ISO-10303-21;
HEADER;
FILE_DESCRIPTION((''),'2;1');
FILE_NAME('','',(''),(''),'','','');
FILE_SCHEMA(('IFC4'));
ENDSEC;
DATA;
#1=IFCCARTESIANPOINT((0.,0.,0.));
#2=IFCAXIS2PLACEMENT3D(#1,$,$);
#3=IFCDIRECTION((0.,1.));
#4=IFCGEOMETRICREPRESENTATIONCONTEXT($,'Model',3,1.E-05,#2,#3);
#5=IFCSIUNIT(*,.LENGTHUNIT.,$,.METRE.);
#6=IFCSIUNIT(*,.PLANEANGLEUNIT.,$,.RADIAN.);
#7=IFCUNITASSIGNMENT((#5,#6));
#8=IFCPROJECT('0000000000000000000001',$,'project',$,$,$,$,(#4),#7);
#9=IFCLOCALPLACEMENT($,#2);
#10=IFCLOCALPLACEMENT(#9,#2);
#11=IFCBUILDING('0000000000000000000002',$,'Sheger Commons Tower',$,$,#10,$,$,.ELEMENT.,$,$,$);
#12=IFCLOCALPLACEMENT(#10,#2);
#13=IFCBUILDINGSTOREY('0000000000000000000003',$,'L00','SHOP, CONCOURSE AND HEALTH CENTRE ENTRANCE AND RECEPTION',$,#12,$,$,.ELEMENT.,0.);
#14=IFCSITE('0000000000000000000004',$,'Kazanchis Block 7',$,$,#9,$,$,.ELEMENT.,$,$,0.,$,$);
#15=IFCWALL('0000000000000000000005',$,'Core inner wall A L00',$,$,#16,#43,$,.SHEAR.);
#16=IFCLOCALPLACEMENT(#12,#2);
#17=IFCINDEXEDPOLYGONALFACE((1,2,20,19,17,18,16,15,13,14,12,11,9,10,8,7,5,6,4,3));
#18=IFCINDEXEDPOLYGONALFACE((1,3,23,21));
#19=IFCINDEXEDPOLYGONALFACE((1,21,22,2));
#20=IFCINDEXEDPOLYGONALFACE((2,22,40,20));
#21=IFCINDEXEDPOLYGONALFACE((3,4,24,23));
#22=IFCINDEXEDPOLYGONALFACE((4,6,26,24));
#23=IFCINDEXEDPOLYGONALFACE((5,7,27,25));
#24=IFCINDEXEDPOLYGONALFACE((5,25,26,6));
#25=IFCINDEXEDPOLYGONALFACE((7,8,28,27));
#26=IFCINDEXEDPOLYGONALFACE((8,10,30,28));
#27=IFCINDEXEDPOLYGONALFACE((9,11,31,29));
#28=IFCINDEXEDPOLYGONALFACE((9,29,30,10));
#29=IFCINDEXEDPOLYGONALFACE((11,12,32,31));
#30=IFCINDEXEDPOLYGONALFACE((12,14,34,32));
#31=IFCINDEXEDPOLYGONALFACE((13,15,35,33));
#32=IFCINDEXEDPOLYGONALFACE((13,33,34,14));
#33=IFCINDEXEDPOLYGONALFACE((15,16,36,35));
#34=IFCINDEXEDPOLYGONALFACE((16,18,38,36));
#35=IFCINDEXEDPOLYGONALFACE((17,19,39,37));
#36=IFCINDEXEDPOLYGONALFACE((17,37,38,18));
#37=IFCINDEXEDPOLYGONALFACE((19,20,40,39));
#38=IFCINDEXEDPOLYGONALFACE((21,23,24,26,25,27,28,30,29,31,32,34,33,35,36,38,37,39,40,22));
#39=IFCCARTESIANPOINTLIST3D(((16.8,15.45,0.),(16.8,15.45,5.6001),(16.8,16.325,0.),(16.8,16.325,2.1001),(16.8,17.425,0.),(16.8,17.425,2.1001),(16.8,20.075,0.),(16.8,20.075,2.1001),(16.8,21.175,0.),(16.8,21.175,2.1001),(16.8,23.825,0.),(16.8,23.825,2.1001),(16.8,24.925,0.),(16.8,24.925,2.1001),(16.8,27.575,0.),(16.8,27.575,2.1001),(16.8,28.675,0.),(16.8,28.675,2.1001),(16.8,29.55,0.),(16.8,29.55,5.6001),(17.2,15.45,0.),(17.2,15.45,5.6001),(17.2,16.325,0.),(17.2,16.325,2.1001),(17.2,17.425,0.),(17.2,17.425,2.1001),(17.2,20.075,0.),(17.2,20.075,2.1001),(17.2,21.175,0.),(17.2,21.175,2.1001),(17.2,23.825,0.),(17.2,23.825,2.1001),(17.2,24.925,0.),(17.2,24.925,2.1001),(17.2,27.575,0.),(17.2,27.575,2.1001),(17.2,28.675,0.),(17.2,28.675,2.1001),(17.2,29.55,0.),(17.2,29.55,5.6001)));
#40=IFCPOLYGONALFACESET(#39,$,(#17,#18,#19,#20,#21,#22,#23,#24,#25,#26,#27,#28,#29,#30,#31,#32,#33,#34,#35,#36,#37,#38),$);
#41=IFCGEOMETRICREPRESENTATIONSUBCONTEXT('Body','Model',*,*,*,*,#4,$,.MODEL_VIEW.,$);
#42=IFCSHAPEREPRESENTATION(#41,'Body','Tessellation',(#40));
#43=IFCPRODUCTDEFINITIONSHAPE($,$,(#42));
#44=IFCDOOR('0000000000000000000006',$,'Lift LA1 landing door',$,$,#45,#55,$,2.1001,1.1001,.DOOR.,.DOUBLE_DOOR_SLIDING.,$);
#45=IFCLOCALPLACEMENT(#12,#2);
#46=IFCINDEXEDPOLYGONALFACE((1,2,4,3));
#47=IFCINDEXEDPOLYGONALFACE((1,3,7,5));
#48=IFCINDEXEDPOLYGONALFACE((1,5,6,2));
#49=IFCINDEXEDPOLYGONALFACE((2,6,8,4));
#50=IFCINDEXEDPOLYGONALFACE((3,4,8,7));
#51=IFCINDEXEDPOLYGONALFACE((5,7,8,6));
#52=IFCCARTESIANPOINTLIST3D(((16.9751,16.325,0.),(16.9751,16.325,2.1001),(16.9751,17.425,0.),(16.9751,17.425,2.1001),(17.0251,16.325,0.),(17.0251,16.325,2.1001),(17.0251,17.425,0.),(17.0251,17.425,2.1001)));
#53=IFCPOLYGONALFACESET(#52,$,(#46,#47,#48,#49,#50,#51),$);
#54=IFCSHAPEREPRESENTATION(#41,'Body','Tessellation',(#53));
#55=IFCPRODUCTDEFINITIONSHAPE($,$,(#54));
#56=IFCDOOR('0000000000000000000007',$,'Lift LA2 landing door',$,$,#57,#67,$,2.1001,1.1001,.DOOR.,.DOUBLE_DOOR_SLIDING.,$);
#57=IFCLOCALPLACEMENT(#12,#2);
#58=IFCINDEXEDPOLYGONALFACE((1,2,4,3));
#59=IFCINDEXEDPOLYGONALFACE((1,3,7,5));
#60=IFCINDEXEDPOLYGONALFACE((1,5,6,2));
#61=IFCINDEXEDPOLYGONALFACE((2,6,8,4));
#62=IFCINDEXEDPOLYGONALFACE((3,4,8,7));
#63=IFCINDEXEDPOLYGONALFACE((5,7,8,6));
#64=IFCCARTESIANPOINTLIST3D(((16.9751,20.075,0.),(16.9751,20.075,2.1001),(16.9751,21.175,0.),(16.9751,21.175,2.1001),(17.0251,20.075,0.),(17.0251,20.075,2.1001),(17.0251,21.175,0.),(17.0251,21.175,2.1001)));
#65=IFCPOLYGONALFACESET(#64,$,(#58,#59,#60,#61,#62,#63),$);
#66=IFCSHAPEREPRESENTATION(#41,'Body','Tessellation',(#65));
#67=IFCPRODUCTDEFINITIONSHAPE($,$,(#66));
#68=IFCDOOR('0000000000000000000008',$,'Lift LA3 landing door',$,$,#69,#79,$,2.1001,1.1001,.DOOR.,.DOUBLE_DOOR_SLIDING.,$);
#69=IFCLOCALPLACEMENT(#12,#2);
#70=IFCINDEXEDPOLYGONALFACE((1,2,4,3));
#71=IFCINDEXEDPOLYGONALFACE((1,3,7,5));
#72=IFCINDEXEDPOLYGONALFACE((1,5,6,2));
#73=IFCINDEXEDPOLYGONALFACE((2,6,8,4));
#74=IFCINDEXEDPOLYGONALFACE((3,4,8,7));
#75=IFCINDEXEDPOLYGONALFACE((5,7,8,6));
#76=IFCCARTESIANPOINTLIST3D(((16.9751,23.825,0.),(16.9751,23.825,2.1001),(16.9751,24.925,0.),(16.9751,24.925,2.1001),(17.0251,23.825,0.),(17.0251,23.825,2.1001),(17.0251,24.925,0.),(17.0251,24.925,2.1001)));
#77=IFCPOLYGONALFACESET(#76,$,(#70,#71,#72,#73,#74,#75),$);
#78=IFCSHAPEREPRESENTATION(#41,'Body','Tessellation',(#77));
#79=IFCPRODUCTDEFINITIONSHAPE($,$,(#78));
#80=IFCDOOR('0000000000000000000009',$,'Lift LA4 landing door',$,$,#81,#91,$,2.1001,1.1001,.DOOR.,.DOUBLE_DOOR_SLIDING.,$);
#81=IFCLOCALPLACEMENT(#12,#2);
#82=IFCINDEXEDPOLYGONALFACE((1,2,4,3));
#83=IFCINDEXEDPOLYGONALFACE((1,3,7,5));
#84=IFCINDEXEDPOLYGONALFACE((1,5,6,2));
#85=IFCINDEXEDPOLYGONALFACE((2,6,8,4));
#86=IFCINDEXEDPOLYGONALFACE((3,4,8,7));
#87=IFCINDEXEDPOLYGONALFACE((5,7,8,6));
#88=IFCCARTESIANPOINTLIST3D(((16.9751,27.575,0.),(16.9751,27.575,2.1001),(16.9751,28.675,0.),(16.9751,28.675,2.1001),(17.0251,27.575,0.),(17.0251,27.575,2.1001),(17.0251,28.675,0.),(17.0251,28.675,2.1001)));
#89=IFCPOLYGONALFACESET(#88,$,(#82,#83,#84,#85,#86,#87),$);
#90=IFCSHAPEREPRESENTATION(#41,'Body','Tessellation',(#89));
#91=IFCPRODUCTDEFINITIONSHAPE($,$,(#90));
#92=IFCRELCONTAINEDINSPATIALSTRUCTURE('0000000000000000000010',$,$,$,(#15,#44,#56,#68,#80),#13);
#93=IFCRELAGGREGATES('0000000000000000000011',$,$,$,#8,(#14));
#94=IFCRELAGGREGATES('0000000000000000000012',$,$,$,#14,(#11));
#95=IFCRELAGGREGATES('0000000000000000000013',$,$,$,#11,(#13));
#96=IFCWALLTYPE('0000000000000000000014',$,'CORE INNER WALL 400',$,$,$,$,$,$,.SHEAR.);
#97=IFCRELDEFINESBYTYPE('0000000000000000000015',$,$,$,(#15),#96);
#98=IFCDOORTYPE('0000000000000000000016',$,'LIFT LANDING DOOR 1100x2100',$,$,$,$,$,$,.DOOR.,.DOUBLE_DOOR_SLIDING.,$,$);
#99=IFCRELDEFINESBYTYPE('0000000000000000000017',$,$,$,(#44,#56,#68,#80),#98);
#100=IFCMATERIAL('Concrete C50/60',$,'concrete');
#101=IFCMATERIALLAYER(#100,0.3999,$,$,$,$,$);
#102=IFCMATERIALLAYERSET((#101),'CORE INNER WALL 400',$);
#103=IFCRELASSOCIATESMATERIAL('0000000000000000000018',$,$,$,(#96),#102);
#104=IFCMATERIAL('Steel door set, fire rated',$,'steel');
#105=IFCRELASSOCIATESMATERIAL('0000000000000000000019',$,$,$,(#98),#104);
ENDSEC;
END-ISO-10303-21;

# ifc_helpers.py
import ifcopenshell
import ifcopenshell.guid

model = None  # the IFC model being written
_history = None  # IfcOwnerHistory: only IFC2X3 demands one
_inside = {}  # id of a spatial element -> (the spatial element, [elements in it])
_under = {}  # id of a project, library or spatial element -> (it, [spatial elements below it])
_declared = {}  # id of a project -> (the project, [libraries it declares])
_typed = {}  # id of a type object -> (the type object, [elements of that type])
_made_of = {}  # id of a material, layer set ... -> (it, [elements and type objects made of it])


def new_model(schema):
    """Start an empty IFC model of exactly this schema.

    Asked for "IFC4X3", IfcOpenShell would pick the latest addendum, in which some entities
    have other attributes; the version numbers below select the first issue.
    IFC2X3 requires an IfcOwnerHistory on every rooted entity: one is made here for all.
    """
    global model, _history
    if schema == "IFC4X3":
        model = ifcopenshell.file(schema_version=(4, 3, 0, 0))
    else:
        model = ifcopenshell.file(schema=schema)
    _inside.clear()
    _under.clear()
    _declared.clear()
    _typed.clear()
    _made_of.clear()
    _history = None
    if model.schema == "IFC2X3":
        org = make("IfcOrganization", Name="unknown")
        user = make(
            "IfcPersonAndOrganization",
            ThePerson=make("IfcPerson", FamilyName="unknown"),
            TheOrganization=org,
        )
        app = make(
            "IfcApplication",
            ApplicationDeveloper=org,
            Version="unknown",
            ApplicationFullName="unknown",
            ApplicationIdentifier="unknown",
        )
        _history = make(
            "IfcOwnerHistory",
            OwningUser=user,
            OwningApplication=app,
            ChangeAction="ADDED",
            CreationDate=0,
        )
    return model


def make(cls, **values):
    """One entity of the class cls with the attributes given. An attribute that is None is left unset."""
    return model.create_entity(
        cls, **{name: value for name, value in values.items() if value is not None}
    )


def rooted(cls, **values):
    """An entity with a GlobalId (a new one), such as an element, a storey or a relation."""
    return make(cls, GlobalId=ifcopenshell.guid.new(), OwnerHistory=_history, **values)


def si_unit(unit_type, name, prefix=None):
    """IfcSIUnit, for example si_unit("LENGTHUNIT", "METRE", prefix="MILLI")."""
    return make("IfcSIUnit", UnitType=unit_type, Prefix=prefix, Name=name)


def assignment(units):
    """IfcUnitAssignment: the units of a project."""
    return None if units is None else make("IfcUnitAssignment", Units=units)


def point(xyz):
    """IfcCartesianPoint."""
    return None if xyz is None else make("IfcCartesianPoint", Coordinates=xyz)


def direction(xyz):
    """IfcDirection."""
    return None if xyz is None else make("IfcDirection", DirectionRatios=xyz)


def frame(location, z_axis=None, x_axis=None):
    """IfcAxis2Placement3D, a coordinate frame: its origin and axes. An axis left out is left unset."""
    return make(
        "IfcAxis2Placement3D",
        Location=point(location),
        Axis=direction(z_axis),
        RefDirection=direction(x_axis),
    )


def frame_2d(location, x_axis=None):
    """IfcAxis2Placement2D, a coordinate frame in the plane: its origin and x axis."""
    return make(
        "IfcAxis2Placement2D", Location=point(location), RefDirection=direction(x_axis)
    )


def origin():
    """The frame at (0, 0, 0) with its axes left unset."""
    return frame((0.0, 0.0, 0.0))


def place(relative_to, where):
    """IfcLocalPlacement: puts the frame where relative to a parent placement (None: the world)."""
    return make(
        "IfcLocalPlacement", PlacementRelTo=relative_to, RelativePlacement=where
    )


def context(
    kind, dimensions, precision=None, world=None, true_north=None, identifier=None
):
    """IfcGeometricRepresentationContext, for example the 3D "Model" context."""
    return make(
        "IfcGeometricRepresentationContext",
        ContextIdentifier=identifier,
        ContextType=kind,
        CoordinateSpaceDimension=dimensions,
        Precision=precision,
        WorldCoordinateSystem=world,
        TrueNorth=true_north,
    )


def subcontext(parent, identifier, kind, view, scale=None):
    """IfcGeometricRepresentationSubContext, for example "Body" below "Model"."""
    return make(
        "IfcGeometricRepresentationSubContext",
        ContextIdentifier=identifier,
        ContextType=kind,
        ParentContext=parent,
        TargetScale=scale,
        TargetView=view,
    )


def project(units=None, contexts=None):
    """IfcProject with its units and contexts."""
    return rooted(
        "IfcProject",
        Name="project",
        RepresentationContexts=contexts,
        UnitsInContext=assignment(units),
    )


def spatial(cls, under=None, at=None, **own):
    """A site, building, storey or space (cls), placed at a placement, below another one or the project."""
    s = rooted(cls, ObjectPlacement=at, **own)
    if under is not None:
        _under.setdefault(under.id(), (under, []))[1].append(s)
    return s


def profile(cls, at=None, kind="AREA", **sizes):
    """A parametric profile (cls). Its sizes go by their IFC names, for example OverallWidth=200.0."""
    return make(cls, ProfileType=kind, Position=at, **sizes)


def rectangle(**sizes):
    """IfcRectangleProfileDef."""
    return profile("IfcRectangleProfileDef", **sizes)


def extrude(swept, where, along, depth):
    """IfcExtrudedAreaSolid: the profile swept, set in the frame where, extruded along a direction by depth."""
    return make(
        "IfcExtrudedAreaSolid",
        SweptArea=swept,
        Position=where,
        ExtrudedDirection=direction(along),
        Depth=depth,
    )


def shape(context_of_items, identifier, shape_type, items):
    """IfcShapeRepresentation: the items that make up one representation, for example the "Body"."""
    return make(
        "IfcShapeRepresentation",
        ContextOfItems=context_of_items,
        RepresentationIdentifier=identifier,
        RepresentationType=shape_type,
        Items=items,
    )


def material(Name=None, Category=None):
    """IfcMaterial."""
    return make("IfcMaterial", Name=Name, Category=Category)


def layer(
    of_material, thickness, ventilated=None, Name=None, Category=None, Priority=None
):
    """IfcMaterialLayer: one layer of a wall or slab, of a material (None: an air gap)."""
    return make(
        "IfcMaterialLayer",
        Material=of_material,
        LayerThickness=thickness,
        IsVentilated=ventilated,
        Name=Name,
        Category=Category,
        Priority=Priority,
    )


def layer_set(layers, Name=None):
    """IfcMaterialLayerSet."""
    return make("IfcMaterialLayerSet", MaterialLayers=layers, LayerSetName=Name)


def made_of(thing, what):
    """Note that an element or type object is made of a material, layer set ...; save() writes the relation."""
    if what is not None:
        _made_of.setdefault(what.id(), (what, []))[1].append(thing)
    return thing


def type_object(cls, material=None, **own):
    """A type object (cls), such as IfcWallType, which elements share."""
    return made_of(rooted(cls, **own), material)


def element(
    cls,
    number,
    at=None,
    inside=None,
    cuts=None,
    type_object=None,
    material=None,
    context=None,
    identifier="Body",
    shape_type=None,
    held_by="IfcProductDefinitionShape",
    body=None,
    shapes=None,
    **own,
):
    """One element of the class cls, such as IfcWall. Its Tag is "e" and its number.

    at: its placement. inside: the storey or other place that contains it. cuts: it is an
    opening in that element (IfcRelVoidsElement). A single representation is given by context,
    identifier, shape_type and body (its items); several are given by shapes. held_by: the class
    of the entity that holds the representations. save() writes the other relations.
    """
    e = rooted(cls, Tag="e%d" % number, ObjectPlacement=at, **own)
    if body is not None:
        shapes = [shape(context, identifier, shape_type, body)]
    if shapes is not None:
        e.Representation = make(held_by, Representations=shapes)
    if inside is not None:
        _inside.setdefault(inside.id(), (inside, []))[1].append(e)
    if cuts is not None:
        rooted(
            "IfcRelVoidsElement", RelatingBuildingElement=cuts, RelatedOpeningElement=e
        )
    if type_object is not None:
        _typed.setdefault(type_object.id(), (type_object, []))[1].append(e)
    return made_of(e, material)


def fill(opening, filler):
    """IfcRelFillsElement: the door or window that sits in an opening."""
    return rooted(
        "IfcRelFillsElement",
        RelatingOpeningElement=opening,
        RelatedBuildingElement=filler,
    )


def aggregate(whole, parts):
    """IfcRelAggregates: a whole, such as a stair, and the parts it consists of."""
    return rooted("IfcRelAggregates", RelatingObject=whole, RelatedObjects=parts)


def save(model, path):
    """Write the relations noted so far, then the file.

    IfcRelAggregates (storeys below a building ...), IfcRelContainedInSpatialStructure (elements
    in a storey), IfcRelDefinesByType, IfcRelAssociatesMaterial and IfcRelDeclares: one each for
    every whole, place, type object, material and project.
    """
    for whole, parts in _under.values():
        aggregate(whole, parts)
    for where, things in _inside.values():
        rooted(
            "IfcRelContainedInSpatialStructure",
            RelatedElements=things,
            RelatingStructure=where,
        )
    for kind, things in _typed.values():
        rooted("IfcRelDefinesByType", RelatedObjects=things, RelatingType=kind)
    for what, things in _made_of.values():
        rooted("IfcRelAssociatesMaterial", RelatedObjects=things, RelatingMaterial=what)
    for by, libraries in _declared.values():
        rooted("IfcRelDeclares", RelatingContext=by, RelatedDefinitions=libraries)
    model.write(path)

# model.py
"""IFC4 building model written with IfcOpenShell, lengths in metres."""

from ifc_helpers import new_model, si_unit, direction, frame, frame_2d, origin, place, context, subcontext, project, spatial, rectangle, extrude, material, layer, layer_set, type_object, element, fill, save


model = new_model("IFC4")

# Units and contexts
model_context = context("Model", 3, precision=1e-05, world=origin(), true_north=direction((0.0, 1.0)))
body_context = subcontext(model_context, "Body", "Model", "MODEL_VIEW")
ifc_project = project(units=[si_unit("LENGTHUNIT", "METRE"), si_unit("PLANEANGLEUNIT", "RADIAN")], contexts=[model_context])

# Site, building, storey
site_placement = place(None, origin())
site = spatial("IfcSite", under=ifc_project, at=site_placement, Name="Kazanchis Block 7", CompositionType="ELEMENT", RefElevation=0.0)
building_placement = place(site_placement, origin())
building = spatial("IfcBuilding", under=site, at=building_placement, Name="Sheger Commons Tower", CompositionType="ELEMENT")
storey_placement = place(building_placement, origin())
storey = spatial("IfcBuildingStorey", under=building, at=storey_placement, Name="L00", Description="SHOP, CONCOURSE AND HEALTH CENTRE ENTRANCE AND RECEPTION", CompositionType="ELEMENT", Elevation=0.0)

# Wall, openings, doors
ifc_material_1 = material(Name="Concrete C50/60", Category="concrete")
ifc_layer_1 = layer(ifc_material_1, 0.3999)
ifc_layer_set_1 = layer_set([ifc_layer_1], Name="CORE INNER WALL 400")
wall_type_1 = type_object("IfcWallType", Name="CORE INNER WALL 400", PredefinedType="SHEAR", material=ifc_layer_set_1)
wall_1_placement = place(storey_placement, frame((17.0, 15.45, 0.0), z_axis=(0.0, 0.0, 1.0), x_axis=(0.0, 1.0, 0.0)))
wall_1 = element("IfcWall", 1, at=wall_1_placement, inside=storey, type_object=wall_type_1, Name="Core inner wall A L00", PredefinedType="SHEAR", context=body_context, shape_type="SweptSolid", body=[
    extrude(rectangle(XDim=14.1001, YDim=0.3999, at=frame_2d((7.05, 0.0))), origin(), (0.0, 0.0, 1.0), 5.6001),
])
opening_1_placement = place(wall_1_placement, frame((0.875, 0.0, 0.0)))
opening_1 = element("IfcOpeningElement", 2, at=opening_1_placement, cuts=wall_1, PredefinedType="OPENING", context=body_context, shape_type="SweptSolid", body=[
    extrude(rectangle(XDim=1.1001, YDim=2.1001, at=frame_2d((0.55, 1.05))), frame((0.0, 0.21, 0.0), z_axis=(0.0, -1.0, 0.0), x_axis=(1.0, 0.0, 0.0)), (0.0, 0.0, 1.0), 0.4199),
])
opening_2_placement = place(wall_1_placement, frame((4.625, 0.0, 0.0)))
opening_2 = element("IfcOpeningElement", 3, at=opening_2_placement, cuts=wall_1, PredefinedType="OPENING", context=body_context, shape_type="SweptSolid", body=[
    extrude(rectangle(XDim=1.1001, YDim=2.1001, at=frame_2d((0.55, 1.05))), frame((0.0, 0.21, 0.0), z_axis=(0.0, -1.0, 0.0), x_axis=(1.0, 0.0, 0.0)), (0.0, 0.0, 1.0), 0.4199),
])
opening_3_placement = place(wall_1_placement, frame((8.375, 0.0, 0.0)))
opening_3 = element("IfcOpeningElement", 4, at=opening_3_placement, cuts=wall_1, PredefinedType="OPENING", context=body_context, shape_type="SweptSolid", body=[
    extrude(rectangle(XDim=1.1001, YDim=2.1001, at=frame_2d((0.55, 1.05))), frame((0.0, 0.21, 0.0), z_axis=(0.0, -1.0, 0.0), x_axis=(1.0, 0.0, 0.0)), (0.0, 0.0, 1.0), 0.4199),
])
opening_4_placement = place(wall_1_placement, frame((12.125, 0.0, 0.0)))
opening_4 = element("IfcOpeningElement", 5, at=opening_4_placement, cuts=wall_1, PredefinedType="OPENING", context=body_context, shape_type="SweptSolid", body=[
    extrude(rectangle(XDim=1.1001, YDim=2.1001, at=frame_2d((0.55, 1.05))), frame((0.0, 0.21, 0.0), z_axis=(0.0, -1.0, 0.0), x_axis=(1.0, 0.0, 0.0)), (0.0, 0.0, 1.0), 0.4199),
])
ifc_material_2 = material(Name="Steel door set, fire rated", Category="steel")
door_type_1 = type_object("IfcDoorType", Name="LIFT LANDING DOOR 1100x2100", OperationType="DOUBLE_DOOR_SLIDING", PredefinedType="DOOR", material=ifc_material_2)
door_1_placement = place(opening_1_placement, origin())
door_1 = element("IfcDoor", 6, at=door_1_placement, inside=storey, type_object=door_type_1, Name="Lift LA1 landing door", OperationType="DOUBLE_DOOR_SLIDING", OverallHeight=2.1001, OverallWidth=1.1001, PredefinedType="DOOR", context=body_context, shape_type="SweptSolid", body=[
    extrude(rectangle(XDim=1.1001, YDim=2.1001, at=frame_2d((0.55, 1.05))), frame((0.0, 0.0249, 0.0), z_axis=(0.0, -1.0, 0.0), x_axis=(1.0, 0.0, 0.0)), (0.0, 0.0, 1.0), 0.05),
])
fill(opening_1, door_1)
door_2_placement = place(opening_2_placement, origin())
door_2 = element("IfcDoor", 7, at=door_2_placement, inside=storey, type_object=door_type_1, Name="Lift LA2 landing door", OperationType="DOUBLE_DOOR_SLIDING", OverallHeight=2.1001, OverallWidth=1.1001, PredefinedType="DOOR", context=body_context, shape_type="SweptSolid", body=[
    extrude(rectangle(XDim=1.1001, YDim=2.1001, at=frame_2d((0.55, 1.05))), frame((0.0, 0.0249, 0.0), z_axis=(0.0, -1.0, 0.0), x_axis=(1.0, 0.0, 0.0)), (0.0, 0.0, 1.0), 0.05),
])
fill(opening_2, door_2)
door_3_placement = place(opening_3_placement, origin())
door_3 = element("IfcDoor", 8, at=door_3_placement, inside=storey, type_object=door_type_1, Name="Lift LA3 landing door", OperationType="DOUBLE_DOOR_SLIDING", OverallHeight=2.1001, OverallWidth=1.1001, PredefinedType="DOOR", context=body_context, shape_type="SweptSolid", body=[
    extrude(rectangle(XDim=1.1001, YDim=2.1001, at=frame_2d((0.55, 1.05))), frame((0.0, 0.0249, 0.0), z_axis=(0.0, -1.0, 0.0), x_axis=(1.0, 0.0, 0.0)), (0.0, 0.0, 1.0), 0.05),
])
fill(opening_3, door_3)
door_4_placement = place(opening_4_placement, origin())
door_4 = element("IfcDoor", 9, at=door_4_placement, inside=storey, type_object=door_type_1, Name="Lift LA4 landing door", OperationType="DOUBLE_DOOR_SLIDING", OverallHeight=2.1001, OverallWidth=1.1001, PredefinedType="DOOR", context=body_context, shape_type="SweptSolid", body=[
    extrude(rectangle(XDim=1.1001, YDim=2.1001, at=frame_2d((0.55, 1.05))), frame((0.0, 0.0249, 0.0), z_axis=(0.0, -1.0, 0.0), x_axis=(1.0, 0.0, 0.0)), (0.0, 0.0, 1.0), 0.05),
])
fill(opening_4, door_4)

save(model, "model.ifc")
